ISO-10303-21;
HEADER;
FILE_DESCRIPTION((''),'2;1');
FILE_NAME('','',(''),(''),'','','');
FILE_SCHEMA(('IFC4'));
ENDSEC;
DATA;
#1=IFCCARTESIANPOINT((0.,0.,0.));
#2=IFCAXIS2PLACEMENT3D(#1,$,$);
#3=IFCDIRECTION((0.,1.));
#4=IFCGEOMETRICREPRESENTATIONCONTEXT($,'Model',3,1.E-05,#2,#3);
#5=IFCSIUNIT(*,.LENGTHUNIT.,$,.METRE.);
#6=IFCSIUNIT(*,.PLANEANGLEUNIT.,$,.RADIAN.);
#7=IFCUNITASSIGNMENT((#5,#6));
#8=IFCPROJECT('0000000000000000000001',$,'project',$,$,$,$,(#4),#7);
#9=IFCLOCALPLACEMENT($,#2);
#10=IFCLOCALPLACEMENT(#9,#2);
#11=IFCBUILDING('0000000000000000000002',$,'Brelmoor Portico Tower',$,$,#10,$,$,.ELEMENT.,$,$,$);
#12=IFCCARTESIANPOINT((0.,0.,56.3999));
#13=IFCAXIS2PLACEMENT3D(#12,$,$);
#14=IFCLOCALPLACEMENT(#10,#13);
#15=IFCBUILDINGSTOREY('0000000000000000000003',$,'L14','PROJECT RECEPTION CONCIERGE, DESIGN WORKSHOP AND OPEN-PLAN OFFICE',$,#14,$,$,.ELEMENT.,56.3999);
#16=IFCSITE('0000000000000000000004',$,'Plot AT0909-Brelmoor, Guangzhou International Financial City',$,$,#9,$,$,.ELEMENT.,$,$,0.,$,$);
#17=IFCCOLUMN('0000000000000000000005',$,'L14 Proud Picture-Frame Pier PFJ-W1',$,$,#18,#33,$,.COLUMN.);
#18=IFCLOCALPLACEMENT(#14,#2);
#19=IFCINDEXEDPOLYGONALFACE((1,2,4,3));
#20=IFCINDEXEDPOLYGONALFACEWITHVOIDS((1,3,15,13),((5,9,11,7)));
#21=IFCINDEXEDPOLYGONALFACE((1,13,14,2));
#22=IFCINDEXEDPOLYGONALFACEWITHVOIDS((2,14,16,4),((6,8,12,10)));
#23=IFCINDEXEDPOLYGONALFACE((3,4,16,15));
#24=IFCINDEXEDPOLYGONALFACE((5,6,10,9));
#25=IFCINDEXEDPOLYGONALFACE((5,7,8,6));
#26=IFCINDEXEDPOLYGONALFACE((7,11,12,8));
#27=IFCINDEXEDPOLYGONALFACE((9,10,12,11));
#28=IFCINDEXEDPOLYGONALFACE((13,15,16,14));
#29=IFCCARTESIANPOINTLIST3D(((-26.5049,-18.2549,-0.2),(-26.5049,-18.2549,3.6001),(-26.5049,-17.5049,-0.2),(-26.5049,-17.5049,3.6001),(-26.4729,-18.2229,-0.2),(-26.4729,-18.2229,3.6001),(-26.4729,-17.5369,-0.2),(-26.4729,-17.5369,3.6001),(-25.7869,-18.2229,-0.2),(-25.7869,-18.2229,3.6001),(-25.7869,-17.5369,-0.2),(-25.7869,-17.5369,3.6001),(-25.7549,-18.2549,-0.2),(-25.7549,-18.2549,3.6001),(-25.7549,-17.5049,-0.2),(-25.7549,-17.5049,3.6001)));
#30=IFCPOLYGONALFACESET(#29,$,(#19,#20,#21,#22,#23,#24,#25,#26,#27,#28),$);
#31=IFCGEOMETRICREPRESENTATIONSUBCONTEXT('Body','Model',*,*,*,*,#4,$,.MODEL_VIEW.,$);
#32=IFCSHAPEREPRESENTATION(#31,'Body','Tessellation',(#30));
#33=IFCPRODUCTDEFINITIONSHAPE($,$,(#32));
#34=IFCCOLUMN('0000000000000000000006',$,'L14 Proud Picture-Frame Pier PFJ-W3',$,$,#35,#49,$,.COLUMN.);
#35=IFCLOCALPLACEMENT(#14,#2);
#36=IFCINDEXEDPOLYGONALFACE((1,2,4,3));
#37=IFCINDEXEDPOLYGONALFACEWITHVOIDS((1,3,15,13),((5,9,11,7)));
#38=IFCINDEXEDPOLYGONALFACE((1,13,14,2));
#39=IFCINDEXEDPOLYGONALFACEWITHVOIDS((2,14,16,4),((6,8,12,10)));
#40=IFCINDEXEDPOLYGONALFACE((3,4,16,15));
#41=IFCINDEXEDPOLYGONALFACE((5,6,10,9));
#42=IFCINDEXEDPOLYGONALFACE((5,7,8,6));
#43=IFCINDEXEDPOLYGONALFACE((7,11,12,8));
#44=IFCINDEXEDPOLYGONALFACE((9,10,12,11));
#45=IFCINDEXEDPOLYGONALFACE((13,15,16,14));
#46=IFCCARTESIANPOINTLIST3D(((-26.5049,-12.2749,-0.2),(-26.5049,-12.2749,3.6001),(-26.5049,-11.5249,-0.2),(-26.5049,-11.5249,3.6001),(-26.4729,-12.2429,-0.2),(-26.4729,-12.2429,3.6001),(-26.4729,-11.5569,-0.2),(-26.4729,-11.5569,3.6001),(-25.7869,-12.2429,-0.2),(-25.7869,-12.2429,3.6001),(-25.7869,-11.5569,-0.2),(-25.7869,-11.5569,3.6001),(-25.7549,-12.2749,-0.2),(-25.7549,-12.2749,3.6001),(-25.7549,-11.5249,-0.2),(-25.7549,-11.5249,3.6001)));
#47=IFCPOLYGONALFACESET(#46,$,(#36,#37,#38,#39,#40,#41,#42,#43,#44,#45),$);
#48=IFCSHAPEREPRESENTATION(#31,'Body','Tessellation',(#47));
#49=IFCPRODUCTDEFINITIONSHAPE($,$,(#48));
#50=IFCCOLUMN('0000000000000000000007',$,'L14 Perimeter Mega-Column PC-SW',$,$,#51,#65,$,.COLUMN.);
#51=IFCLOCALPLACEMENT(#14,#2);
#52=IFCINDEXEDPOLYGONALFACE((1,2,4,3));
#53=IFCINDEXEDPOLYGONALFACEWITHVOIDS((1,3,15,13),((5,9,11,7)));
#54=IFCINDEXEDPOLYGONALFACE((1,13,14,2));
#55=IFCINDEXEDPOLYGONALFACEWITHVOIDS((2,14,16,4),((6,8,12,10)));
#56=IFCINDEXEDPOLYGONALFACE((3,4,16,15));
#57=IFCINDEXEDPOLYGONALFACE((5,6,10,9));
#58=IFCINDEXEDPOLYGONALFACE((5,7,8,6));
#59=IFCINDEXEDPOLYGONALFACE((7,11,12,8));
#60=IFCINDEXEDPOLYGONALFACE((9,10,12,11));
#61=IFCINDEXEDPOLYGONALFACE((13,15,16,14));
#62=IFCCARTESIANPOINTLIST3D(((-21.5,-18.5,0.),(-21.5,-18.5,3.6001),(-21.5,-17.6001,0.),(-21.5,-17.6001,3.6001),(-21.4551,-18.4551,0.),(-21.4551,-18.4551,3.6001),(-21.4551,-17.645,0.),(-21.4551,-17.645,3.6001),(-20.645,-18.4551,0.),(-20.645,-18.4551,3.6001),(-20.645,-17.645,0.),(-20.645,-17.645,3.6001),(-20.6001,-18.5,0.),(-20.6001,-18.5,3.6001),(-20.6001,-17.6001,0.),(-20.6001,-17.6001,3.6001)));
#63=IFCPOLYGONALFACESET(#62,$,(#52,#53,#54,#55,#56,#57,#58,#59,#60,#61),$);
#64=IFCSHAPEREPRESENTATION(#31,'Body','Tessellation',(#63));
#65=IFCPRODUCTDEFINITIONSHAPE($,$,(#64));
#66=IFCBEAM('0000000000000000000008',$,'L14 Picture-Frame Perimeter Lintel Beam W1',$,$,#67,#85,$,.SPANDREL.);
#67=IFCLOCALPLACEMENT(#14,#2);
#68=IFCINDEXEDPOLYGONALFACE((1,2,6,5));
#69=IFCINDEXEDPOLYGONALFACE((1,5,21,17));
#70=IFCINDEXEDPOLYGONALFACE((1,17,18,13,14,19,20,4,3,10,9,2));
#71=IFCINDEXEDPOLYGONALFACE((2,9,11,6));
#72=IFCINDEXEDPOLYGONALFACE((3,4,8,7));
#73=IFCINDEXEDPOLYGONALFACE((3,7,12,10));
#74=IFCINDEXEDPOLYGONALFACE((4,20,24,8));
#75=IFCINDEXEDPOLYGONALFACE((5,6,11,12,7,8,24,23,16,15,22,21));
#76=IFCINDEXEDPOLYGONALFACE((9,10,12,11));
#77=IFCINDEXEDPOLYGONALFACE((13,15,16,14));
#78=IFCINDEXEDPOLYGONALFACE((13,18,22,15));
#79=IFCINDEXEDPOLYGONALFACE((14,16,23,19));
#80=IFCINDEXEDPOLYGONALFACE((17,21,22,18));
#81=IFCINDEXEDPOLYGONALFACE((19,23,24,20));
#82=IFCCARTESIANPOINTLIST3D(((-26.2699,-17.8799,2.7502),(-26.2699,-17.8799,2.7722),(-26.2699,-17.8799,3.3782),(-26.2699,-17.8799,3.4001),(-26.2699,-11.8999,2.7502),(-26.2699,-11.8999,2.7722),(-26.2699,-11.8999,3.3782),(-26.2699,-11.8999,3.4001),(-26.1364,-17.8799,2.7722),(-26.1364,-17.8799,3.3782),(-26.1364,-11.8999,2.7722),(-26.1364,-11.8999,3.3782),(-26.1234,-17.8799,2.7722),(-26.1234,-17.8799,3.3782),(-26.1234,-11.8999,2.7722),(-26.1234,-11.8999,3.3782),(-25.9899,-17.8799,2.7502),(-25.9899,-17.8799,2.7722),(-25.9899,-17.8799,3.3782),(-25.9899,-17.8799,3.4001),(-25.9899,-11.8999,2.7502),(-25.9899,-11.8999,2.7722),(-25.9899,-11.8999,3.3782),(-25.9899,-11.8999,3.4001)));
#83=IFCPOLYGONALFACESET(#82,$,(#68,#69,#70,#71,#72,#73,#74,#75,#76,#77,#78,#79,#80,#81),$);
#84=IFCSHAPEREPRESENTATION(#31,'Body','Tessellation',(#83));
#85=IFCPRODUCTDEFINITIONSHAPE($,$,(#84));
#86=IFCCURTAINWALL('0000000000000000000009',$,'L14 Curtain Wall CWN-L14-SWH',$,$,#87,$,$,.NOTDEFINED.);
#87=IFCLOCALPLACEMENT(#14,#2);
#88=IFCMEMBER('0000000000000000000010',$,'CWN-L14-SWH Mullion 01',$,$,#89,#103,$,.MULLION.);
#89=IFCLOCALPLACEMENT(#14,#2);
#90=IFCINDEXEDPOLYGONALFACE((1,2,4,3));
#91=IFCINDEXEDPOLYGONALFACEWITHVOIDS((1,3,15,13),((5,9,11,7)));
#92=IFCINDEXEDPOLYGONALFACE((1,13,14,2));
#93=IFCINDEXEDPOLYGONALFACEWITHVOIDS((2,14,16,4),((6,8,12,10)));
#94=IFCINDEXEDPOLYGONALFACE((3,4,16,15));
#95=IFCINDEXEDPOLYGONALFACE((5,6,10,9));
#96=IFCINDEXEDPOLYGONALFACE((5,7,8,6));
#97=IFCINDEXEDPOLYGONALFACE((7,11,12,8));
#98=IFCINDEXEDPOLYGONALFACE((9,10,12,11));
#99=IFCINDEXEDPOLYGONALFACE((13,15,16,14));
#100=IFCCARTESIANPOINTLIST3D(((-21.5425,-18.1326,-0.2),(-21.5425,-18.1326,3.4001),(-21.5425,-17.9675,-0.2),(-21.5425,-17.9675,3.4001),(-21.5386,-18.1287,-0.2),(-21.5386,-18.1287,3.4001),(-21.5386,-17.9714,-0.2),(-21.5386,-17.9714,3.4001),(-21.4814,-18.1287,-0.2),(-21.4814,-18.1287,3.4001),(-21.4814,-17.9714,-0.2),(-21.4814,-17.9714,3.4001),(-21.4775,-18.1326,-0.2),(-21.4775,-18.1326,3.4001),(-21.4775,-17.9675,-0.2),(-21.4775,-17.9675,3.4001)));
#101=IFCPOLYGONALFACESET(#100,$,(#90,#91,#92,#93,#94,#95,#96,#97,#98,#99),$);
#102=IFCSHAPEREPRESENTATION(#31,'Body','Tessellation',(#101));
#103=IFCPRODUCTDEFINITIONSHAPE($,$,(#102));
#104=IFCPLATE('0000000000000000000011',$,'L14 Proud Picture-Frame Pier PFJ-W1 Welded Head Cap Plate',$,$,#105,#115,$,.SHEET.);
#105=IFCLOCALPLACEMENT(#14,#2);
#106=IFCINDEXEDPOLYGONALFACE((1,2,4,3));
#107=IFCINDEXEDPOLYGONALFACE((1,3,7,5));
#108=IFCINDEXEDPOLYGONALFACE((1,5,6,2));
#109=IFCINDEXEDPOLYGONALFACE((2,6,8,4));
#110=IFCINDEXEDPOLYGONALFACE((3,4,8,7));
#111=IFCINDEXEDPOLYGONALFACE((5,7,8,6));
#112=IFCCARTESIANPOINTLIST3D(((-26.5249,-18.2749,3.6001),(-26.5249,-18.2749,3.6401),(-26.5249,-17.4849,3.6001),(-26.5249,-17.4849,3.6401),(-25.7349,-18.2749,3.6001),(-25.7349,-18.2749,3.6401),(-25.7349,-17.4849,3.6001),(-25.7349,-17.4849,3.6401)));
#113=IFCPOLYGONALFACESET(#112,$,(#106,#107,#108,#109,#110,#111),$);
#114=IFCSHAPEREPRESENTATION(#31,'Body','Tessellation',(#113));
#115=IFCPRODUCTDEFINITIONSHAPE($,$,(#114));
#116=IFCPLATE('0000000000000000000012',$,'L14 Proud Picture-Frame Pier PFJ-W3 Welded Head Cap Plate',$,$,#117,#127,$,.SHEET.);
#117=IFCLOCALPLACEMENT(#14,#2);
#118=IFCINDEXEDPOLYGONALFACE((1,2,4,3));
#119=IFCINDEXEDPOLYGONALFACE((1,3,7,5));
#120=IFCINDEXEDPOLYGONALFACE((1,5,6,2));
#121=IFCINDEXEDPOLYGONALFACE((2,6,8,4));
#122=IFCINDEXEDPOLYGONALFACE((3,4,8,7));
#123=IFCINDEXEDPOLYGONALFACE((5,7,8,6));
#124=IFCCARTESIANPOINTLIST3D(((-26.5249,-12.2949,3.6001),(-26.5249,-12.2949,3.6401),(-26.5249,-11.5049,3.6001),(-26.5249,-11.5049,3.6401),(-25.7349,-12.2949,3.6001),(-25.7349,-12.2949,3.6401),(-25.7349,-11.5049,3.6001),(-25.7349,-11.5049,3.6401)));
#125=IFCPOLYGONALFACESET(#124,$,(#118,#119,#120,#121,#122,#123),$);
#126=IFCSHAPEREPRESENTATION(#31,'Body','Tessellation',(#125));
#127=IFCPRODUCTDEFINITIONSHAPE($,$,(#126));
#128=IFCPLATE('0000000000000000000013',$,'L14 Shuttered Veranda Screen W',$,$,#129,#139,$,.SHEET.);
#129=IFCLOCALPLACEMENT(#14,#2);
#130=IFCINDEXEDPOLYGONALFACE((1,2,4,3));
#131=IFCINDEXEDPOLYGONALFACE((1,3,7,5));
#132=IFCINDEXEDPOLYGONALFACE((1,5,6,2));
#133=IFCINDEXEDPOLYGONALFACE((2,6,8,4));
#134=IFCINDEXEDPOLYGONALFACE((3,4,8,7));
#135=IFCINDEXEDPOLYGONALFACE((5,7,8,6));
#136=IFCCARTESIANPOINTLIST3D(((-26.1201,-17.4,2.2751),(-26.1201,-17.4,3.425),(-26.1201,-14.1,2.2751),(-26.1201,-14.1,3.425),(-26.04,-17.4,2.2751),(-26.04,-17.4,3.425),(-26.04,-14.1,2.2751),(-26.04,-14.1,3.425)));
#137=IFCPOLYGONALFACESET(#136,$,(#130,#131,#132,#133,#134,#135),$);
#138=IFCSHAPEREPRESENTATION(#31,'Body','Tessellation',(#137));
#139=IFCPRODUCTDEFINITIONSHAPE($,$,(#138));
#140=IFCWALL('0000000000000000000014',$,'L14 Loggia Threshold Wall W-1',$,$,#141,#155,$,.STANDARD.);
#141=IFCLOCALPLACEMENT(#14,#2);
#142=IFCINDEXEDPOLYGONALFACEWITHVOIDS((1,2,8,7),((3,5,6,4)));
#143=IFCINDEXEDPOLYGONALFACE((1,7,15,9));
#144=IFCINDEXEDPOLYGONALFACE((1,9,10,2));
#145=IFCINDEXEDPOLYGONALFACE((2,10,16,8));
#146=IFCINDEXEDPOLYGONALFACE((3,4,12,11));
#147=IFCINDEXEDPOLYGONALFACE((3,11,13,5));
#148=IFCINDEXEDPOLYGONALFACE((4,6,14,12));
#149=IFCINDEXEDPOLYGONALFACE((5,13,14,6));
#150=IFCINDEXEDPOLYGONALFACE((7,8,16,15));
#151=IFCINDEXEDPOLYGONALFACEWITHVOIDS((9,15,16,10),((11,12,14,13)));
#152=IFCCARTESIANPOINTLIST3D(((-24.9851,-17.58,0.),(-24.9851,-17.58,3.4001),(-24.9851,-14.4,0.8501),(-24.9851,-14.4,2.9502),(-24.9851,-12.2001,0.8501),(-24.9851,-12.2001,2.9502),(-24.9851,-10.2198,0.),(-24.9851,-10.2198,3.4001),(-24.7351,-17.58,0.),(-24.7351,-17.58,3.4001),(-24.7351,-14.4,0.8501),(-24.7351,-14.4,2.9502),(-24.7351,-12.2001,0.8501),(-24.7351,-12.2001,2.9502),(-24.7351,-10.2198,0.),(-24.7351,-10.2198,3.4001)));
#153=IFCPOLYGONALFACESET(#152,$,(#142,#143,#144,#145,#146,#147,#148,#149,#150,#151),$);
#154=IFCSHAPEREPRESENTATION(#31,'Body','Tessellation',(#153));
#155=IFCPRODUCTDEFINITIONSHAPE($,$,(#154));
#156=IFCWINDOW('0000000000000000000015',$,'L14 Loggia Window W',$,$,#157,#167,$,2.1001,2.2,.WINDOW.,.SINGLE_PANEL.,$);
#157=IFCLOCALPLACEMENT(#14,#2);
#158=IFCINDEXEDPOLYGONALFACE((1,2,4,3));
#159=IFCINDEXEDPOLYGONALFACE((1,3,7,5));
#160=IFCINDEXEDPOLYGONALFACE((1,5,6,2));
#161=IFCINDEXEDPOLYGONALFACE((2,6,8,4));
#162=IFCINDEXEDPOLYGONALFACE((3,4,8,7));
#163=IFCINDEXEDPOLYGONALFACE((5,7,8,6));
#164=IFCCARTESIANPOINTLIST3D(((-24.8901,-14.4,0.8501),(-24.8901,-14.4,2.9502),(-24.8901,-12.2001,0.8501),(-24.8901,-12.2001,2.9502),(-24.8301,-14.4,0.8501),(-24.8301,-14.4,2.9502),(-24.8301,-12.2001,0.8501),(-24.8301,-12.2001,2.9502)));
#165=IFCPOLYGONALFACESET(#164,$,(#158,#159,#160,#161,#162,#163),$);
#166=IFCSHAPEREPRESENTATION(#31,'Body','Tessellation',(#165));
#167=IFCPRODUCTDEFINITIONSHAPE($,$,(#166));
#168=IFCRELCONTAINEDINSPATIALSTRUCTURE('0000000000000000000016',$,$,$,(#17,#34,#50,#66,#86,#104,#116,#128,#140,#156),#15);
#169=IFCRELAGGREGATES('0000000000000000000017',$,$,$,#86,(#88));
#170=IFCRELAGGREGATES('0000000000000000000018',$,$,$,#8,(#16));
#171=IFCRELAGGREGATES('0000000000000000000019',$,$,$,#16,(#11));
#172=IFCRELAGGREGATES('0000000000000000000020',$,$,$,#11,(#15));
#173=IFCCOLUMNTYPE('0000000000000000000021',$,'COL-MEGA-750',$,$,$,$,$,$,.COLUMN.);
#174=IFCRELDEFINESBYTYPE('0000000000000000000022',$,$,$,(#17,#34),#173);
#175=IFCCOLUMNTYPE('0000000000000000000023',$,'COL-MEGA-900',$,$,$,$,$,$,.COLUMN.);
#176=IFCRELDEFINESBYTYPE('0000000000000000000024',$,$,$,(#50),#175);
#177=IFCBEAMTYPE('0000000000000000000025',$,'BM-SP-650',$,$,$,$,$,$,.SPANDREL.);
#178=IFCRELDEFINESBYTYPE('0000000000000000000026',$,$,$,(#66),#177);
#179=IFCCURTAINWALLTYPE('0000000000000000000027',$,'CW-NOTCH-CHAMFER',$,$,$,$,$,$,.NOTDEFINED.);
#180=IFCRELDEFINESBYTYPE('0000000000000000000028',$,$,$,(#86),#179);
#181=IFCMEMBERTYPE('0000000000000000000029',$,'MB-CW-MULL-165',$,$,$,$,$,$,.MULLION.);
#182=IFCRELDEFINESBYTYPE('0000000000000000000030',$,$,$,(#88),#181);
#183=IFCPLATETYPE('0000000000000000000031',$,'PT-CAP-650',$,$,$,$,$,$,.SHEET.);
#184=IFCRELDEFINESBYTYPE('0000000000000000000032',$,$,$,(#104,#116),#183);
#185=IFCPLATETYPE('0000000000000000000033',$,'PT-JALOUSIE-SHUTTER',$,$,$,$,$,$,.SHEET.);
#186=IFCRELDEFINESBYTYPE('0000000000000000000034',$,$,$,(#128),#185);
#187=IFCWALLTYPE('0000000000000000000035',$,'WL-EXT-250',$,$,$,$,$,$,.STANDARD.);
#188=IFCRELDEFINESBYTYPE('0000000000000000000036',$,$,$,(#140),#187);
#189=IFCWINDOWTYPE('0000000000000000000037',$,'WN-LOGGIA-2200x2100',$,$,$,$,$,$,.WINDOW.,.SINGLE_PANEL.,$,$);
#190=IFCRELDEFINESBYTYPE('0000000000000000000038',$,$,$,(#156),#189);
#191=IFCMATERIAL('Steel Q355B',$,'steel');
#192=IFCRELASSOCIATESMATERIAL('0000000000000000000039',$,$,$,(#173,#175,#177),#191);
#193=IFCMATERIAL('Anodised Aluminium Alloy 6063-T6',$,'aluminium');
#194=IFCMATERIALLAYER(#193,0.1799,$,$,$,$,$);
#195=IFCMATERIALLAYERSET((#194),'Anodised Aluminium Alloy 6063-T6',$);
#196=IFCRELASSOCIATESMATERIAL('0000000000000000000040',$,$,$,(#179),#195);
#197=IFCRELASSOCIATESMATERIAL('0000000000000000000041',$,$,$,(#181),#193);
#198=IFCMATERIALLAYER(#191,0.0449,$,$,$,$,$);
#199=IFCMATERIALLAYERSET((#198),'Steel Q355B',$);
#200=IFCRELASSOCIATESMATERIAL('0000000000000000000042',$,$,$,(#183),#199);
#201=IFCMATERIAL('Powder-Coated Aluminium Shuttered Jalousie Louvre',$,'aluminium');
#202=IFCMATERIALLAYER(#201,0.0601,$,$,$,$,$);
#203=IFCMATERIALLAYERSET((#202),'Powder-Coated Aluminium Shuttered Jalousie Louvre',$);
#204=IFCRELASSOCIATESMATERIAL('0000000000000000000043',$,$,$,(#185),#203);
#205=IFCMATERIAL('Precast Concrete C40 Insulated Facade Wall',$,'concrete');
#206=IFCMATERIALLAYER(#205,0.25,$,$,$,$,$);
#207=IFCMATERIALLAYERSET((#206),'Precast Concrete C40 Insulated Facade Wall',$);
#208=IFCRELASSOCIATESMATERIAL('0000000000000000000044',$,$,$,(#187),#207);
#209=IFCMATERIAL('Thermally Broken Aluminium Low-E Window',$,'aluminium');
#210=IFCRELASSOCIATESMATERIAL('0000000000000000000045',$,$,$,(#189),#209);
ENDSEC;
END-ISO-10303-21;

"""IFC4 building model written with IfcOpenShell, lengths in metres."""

from ifc_helpers import new_model, si_unit, direction, frame, frame_2d, origin, origin_2d, place, context, subcontext, project, spatial, rectangle, hollow_rectangle, i_section, extrude, material, layer, layer_set, material_profile, profile_set, type_object, element, fill, aggregate, save


model = new_model("IFC4")

# Units and contexts
model_context = context("Model", 3, precision=1e-05, world=origin(), true_north=direction((0.0, 1.0)))
body_context = subcontext(model_context, "Body", "Model", "MODEL_VIEW")
ifc_project = project(units=[si_unit("LENGTHUNIT", "METRE"), si_unit("PLANEANGLEUNIT", "RADIAN")], contexts=[model_context])

# Site, building, storey
site_placement = place(None, origin())
site = spatial("IfcSite", under=ifc_project, at=site_placement, Name="Plot AT0909-Brelmoor, Guangzhou International Financial City", CompositionType="ELEMENT", RefElevation=0.0)
building_placement = place(site_placement, origin())
building = spatial("IfcBuilding", under=site, at=building_placement, Name="Brelmoor Portico Tower", CompositionType="ELEMENT")
storey_placement = place(building_placement, frame((0.0, 0.0, 56.3999)))
storey = spatial("IfcBuildingStorey", under=building, at=storey_placement, Name="L14", Description="PROJECT RECEPTION CONCIERGE, DESIGN WORKSHOP AND OPEN-PLAN OFFICE", CompositionType="ELEMENT", Elevation=56.3999)

# Columns
ifc_material_1 = material(Name="Steel Q355B", Category="steel")
ifc_material_profile_1 = material_profile(ifc_material_1, hollow_rectangle(XDim=0.75, YDim=0.75, WallThickness=0.032, at=origin_2d()), Name="BOX 750x750x32")
ifc_profile_set_1 = profile_set([ifc_material_profile_1], Name="Steel Q355B")
column_type_1 = type_object("IfcColumnType", Name="COL-MEGA-750", PredefinedType="COLUMN", material=ifc_profile_set_1)
for number, where, z_axis, x_axis, name in (
    (1, (-26.1299, -17.8799, -0.2), (0.0, 0.0, 1.0), (0.0, 1.0, 0.0), "L14 Proud Picture-Frame Pier PFJ-W1"),
    (2, (-26.1299, -11.8999, -0.2), (0.0, 0.0, 1.0), (0.0, 1.0, 0.0), "L14 Proud Picture-Frame Pier PFJ-W3"),
):
    element("IfcColumn", number, at=place(storey_placement, frame(where, z_axis=z_axis, x_axis=x_axis)), inside=storey, type_object=column_type_1, Name=name, PredefinedType="COLUMN", context=body_context, shape_type="SweptSolid", body=[
        extrude(hollow_rectangle(XDim=0.75, YDim=0.75, WallThickness=0.032, at=origin_2d()), origin(), (0.0, 0.0, 1.0), 3.8),
    ])
ifc_material_profile_2 = material_profile(ifc_material_1, hollow_rectangle(XDim=0.8999, YDim=0.8999, WallThickness=0.0449, at=origin_2d()), Name="BOX 900x900x45")
ifc_profile_set_2 = profile_set([ifc_material_profile_2], Name="Steel Q355B")
column_type_2 = type_object("IfcColumnType", Name="COL-MEGA-900", PredefinedType="COLUMN", material=ifc_profile_set_2)
column_placement = place(storey_placement, frame((-21.05, -18.05, 0.0), z_axis=(0.0, 0.0, 1.0), x_axis=(1.0, 0.0, 0.0)))
element("IfcColumn", 3, at=column_placement, inside=storey, type_object=column_type_2, Name="L14 Perimeter Mega-Column PC-SW", PredefinedType="COLUMN", context=body_context, shape_type="SweptSolid", body=[
    extrude(hollow_rectangle(XDim=0.8999, YDim=0.8999, WallThickness=0.0449, at=origin_2d()), origin(), (0.0, 0.0, 1.0), 3.6001),
])

# Beam
ifc_material_profile_3 = material_profile(ifc_material_1, i_section(OverallWidth=0.28, OverallDepth=0.6499, WebThickness=0.0129, FlangeThickness=0.022, at=origin_2d()), Name="HN 650x280x13x22")
ifc_profile_set_3 = profile_set([ifc_material_profile_3], Name="Steel Q355B")
beam_type = type_object("IfcBeamType", Name="BM-SP-650", PredefinedType="SPANDREL", material=ifc_profile_set_3)
beam_placement = place(storey_placement, frame((-26.1299, -17.8799, 3.0752), z_axis=(0.0, 1.0, 0.0), x_axis=(-1.0, 0.0, 0.0)))
element("IfcBeam", 4, at=beam_placement, inside=storey, type_object=beam_type, Name="L14 Picture-Frame Perimeter Lintel Beam W1", PredefinedType="SPANDREL", context=body_context, shape_type="SweptSolid", body=[
    extrude(i_section(OverallWidth=0.28, OverallDepth=0.6499, WebThickness=0.0129, FlangeThickness=0.022, at=origin_2d()), origin(), (0.0, 0.0, 1.0), 5.98),
])

# Curtain wall, member
ifc_material_2 = material(Name="Anodised Aluminium Alloy 6063-T6", Category="aluminium")
ifc_layer_1 = layer(ifc_material_2, 0.1799)
ifc_layer_set_1 = layer_set([ifc_layer_1], Name="Anodised Aluminium Alloy 6063-T6")
curtain_wall_type = type_object("IfcCurtainWallType", Name="CW-NOTCH-CHAMFER", PredefinedType="NOTDEFINED", material=ifc_layer_set_1)
curtain_wall_placement = place(storey_placement, origin())
curtain_wall = element("IfcCurtainWall", 5, at=curtain_wall_placement, inside=storey, type_object=curtain_wall_type, Name="L14 Curtain Wall CWN-L14-SWH", PredefinedType="NOTDEFINED")
ifc_material_profile_4 = material_profile(ifc_material_2, hollow_rectangle(XDim=0.0649, YDim=0.165, WallThickness=0.0039, at=origin_2d()), Name="ALU MULLION 65x165")
ifc_profile_set_4 = profile_set([ifc_material_profile_4], Name="Anodised Aluminium Alloy 6063-T6")
member_type = type_object("IfcMemberType", Name="MB-CW-MULL-165", PredefinedType="MULLION", material=ifc_profile_set_4)
member_placement = place(storey_placement, frame((-21.51, -18.05, -0.2), z_axis=(0.0, 0.0, 1.0), x_axis=(1.0, 0.0, 0.0)))
member = element("IfcMember", 6, at=member_placement, type_object=member_type, Name="CWN-L14-SWH Mullion 01", PredefinedType="MULLION", context=body_context, shape_type="SweptSolid", body=[
    extrude(hollow_rectangle(XDim=0.0649, YDim=0.165, WallThickness=0.0039, at=origin_2d()), origin(), (0.0, 0.0, 1.0), 3.6001),
])
aggregate(curtain_wall, [member])

# Plates
ifc_layer_2 = layer(ifc_material_1, 0.0449)
ifc_layer_set_2 = layer_set([ifc_layer_2], Name="Steel Q355B")
plate_type_1 = type_object("IfcPlateType", Name="PT-CAP-650", PredefinedType="SHEET", material=ifc_layer_set_2)
for number, where, z_axis, x_axis, name in (
    (7, (-26.1299, -17.8799, 3.6001), (0.0, 0.0, 1.0), (0.0, 1.0, 0.0), "L14 Proud Picture-Frame Pier PFJ-W1 Welded Head Cap Plate"),
    (8, (-26.1299, -11.8999, 3.6001), (0.0, 0.0, 1.0), (0.0, 1.0, 0.0), "L14 Proud Picture-Frame Pier PFJ-W3 Welded Head Cap Plate"),
):
    element("IfcPlate", number, at=place(storey_placement, frame(where, z_axis=z_axis, x_axis=x_axis)), inside=storey, type_object=plate_type_1, Name=name, PredefinedType="SHEET", context=body_context, shape_type="SweptSolid", body=[
        extrude(rectangle(XDim=0.79, YDim=0.79, at=origin_2d()), origin(), (0.0, 0.0, 1.0), 0.04),
    ])
ifc_material_3 = material(Name="Powder-Coated Aluminium Shuttered Jalousie Louvre", Category="aluminium")
ifc_layer_3 = layer(ifc_material_3, 0.0601)
ifc_layer_set_3 = layer_set([ifc_layer_3], Name="Powder-Coated Aluminium Shuttered Jalousie Louvre")
plate_type_2 = type_object("IfcPlateType", Name="PT-JALOUSIE-SHUTTER", PredefinedType="SHEET", material=ifc_layer_set_3)
plate_placement = place(storey_placement, frame((-26.0801, -15.75, 2.2751), z_axis=(0.0, 0.0, 1.0), x_axis=(0.0, 1.0, 0.0)))
element("IfcPlate", 9, at=plate_placement, inside=storey, type_object=plate_type_2, Name="L14 Shuttered Veranda Screen W", PredefinedType="SHEET", context=body_context, shape_type="SweptSolid", body=[
    extrude(rectangle(XDim=3.3, YDim=0.0801, at=origin_2d()), origin(), (0.0, 0.0, 1.0), 1.1499),
])

# Wall, opening, window
ifc_material_4 = material(Name="Precast Concrete C40 Insulated Facade Wall", Category="concrete")
ifc_layer_4 = layer(ifc_material_4, 0.25)
ifc_layer_set_4 = layer_set([ifc_layer_4], Name="Precast Concrete C40 Insulated Facade Wall")
wall_type_1 = type_object("IfcWallType", Name="WL-EXT-250", PredefinedType="STANDARD", material=ifc_layer_set_4)
wall_1_placement = place(storey_placement, frame((-24.8601, -17.5801, 0.0), z_axis=(0.0, 0.0, 1.0), x_axis=(0.0, 1.0, 0.0)))
wall_1 = element("IfcWall", 10, at=wall_1_placement, inside=storey, type_object=wall_type_1, Name="L14 Loggia Threshold Wall W-1", PredefinedType="STANDARD", context=body_context, shape_type="SweptSolid", body=[
    extrude(rectangle(XDim=7.3601, YDim=0.25, at=frame_2d((3.6802, 0.0))), origin(), (0.0, 0.0, 1.0), 3.4001),
])
opening_1_placement = place(wall_1_placement, frame((3.1799, 0.0, 0.8501)))
opening_1 = element("IfcOpeningElement", 11, at=opening_1_placement, cuts=wall_1, PredefinedType="OPENING", context=body_context, shape_type="SweptSolid", body=[
    extrude(rectangle(XDim=2.2, YDim=2.1001, at=frame_2d((1.1001, 1.05))), frame((0.0, 0.135, 0.0), z_axis=(0.0, -1.0, 0.0), x_axis=(1.0, 0.0, 0.0)), (0.0, 0.0, 1.0), 0.27),
])
ifc_material_5 = material(Name="Thermally Broken Aluminium Low-E Window", Category="aluminium")
window_type = type_object("IfcWindowType", Name="WN-LOGGIA-2200x2100", PartitioningType="SINGLE_PANEL", PredefinedType="WINDOW", material=ifc_material_5)
window_placement = place(opening_1_placement, origin())
window = element("IfcWindow", 12, at=window_placement, inside=storey, type_object=window_type, Name="L14 Loggia Window W", OverallHeight=2.1001, OverallWidth=2.2, PartitioningType="SINGLE_PANEL", PredefinedType="WINDOW", context=body_context, shape_type="SweptSolid", body=[
    extrude(rectangle(XDim=2.2, YDim=2.1001, at=frame_2d((1.1001, 1.05))), frame((0.0, 0.03, 0.0), z_axis=(0.0, -1.0, 0.0), x_axis=(1.0, 0.0, 0.0)), (0.0, 0.0, 1.0), 0.0601),
])
fill(opening_1, window)

save(model, "model.ifc")
